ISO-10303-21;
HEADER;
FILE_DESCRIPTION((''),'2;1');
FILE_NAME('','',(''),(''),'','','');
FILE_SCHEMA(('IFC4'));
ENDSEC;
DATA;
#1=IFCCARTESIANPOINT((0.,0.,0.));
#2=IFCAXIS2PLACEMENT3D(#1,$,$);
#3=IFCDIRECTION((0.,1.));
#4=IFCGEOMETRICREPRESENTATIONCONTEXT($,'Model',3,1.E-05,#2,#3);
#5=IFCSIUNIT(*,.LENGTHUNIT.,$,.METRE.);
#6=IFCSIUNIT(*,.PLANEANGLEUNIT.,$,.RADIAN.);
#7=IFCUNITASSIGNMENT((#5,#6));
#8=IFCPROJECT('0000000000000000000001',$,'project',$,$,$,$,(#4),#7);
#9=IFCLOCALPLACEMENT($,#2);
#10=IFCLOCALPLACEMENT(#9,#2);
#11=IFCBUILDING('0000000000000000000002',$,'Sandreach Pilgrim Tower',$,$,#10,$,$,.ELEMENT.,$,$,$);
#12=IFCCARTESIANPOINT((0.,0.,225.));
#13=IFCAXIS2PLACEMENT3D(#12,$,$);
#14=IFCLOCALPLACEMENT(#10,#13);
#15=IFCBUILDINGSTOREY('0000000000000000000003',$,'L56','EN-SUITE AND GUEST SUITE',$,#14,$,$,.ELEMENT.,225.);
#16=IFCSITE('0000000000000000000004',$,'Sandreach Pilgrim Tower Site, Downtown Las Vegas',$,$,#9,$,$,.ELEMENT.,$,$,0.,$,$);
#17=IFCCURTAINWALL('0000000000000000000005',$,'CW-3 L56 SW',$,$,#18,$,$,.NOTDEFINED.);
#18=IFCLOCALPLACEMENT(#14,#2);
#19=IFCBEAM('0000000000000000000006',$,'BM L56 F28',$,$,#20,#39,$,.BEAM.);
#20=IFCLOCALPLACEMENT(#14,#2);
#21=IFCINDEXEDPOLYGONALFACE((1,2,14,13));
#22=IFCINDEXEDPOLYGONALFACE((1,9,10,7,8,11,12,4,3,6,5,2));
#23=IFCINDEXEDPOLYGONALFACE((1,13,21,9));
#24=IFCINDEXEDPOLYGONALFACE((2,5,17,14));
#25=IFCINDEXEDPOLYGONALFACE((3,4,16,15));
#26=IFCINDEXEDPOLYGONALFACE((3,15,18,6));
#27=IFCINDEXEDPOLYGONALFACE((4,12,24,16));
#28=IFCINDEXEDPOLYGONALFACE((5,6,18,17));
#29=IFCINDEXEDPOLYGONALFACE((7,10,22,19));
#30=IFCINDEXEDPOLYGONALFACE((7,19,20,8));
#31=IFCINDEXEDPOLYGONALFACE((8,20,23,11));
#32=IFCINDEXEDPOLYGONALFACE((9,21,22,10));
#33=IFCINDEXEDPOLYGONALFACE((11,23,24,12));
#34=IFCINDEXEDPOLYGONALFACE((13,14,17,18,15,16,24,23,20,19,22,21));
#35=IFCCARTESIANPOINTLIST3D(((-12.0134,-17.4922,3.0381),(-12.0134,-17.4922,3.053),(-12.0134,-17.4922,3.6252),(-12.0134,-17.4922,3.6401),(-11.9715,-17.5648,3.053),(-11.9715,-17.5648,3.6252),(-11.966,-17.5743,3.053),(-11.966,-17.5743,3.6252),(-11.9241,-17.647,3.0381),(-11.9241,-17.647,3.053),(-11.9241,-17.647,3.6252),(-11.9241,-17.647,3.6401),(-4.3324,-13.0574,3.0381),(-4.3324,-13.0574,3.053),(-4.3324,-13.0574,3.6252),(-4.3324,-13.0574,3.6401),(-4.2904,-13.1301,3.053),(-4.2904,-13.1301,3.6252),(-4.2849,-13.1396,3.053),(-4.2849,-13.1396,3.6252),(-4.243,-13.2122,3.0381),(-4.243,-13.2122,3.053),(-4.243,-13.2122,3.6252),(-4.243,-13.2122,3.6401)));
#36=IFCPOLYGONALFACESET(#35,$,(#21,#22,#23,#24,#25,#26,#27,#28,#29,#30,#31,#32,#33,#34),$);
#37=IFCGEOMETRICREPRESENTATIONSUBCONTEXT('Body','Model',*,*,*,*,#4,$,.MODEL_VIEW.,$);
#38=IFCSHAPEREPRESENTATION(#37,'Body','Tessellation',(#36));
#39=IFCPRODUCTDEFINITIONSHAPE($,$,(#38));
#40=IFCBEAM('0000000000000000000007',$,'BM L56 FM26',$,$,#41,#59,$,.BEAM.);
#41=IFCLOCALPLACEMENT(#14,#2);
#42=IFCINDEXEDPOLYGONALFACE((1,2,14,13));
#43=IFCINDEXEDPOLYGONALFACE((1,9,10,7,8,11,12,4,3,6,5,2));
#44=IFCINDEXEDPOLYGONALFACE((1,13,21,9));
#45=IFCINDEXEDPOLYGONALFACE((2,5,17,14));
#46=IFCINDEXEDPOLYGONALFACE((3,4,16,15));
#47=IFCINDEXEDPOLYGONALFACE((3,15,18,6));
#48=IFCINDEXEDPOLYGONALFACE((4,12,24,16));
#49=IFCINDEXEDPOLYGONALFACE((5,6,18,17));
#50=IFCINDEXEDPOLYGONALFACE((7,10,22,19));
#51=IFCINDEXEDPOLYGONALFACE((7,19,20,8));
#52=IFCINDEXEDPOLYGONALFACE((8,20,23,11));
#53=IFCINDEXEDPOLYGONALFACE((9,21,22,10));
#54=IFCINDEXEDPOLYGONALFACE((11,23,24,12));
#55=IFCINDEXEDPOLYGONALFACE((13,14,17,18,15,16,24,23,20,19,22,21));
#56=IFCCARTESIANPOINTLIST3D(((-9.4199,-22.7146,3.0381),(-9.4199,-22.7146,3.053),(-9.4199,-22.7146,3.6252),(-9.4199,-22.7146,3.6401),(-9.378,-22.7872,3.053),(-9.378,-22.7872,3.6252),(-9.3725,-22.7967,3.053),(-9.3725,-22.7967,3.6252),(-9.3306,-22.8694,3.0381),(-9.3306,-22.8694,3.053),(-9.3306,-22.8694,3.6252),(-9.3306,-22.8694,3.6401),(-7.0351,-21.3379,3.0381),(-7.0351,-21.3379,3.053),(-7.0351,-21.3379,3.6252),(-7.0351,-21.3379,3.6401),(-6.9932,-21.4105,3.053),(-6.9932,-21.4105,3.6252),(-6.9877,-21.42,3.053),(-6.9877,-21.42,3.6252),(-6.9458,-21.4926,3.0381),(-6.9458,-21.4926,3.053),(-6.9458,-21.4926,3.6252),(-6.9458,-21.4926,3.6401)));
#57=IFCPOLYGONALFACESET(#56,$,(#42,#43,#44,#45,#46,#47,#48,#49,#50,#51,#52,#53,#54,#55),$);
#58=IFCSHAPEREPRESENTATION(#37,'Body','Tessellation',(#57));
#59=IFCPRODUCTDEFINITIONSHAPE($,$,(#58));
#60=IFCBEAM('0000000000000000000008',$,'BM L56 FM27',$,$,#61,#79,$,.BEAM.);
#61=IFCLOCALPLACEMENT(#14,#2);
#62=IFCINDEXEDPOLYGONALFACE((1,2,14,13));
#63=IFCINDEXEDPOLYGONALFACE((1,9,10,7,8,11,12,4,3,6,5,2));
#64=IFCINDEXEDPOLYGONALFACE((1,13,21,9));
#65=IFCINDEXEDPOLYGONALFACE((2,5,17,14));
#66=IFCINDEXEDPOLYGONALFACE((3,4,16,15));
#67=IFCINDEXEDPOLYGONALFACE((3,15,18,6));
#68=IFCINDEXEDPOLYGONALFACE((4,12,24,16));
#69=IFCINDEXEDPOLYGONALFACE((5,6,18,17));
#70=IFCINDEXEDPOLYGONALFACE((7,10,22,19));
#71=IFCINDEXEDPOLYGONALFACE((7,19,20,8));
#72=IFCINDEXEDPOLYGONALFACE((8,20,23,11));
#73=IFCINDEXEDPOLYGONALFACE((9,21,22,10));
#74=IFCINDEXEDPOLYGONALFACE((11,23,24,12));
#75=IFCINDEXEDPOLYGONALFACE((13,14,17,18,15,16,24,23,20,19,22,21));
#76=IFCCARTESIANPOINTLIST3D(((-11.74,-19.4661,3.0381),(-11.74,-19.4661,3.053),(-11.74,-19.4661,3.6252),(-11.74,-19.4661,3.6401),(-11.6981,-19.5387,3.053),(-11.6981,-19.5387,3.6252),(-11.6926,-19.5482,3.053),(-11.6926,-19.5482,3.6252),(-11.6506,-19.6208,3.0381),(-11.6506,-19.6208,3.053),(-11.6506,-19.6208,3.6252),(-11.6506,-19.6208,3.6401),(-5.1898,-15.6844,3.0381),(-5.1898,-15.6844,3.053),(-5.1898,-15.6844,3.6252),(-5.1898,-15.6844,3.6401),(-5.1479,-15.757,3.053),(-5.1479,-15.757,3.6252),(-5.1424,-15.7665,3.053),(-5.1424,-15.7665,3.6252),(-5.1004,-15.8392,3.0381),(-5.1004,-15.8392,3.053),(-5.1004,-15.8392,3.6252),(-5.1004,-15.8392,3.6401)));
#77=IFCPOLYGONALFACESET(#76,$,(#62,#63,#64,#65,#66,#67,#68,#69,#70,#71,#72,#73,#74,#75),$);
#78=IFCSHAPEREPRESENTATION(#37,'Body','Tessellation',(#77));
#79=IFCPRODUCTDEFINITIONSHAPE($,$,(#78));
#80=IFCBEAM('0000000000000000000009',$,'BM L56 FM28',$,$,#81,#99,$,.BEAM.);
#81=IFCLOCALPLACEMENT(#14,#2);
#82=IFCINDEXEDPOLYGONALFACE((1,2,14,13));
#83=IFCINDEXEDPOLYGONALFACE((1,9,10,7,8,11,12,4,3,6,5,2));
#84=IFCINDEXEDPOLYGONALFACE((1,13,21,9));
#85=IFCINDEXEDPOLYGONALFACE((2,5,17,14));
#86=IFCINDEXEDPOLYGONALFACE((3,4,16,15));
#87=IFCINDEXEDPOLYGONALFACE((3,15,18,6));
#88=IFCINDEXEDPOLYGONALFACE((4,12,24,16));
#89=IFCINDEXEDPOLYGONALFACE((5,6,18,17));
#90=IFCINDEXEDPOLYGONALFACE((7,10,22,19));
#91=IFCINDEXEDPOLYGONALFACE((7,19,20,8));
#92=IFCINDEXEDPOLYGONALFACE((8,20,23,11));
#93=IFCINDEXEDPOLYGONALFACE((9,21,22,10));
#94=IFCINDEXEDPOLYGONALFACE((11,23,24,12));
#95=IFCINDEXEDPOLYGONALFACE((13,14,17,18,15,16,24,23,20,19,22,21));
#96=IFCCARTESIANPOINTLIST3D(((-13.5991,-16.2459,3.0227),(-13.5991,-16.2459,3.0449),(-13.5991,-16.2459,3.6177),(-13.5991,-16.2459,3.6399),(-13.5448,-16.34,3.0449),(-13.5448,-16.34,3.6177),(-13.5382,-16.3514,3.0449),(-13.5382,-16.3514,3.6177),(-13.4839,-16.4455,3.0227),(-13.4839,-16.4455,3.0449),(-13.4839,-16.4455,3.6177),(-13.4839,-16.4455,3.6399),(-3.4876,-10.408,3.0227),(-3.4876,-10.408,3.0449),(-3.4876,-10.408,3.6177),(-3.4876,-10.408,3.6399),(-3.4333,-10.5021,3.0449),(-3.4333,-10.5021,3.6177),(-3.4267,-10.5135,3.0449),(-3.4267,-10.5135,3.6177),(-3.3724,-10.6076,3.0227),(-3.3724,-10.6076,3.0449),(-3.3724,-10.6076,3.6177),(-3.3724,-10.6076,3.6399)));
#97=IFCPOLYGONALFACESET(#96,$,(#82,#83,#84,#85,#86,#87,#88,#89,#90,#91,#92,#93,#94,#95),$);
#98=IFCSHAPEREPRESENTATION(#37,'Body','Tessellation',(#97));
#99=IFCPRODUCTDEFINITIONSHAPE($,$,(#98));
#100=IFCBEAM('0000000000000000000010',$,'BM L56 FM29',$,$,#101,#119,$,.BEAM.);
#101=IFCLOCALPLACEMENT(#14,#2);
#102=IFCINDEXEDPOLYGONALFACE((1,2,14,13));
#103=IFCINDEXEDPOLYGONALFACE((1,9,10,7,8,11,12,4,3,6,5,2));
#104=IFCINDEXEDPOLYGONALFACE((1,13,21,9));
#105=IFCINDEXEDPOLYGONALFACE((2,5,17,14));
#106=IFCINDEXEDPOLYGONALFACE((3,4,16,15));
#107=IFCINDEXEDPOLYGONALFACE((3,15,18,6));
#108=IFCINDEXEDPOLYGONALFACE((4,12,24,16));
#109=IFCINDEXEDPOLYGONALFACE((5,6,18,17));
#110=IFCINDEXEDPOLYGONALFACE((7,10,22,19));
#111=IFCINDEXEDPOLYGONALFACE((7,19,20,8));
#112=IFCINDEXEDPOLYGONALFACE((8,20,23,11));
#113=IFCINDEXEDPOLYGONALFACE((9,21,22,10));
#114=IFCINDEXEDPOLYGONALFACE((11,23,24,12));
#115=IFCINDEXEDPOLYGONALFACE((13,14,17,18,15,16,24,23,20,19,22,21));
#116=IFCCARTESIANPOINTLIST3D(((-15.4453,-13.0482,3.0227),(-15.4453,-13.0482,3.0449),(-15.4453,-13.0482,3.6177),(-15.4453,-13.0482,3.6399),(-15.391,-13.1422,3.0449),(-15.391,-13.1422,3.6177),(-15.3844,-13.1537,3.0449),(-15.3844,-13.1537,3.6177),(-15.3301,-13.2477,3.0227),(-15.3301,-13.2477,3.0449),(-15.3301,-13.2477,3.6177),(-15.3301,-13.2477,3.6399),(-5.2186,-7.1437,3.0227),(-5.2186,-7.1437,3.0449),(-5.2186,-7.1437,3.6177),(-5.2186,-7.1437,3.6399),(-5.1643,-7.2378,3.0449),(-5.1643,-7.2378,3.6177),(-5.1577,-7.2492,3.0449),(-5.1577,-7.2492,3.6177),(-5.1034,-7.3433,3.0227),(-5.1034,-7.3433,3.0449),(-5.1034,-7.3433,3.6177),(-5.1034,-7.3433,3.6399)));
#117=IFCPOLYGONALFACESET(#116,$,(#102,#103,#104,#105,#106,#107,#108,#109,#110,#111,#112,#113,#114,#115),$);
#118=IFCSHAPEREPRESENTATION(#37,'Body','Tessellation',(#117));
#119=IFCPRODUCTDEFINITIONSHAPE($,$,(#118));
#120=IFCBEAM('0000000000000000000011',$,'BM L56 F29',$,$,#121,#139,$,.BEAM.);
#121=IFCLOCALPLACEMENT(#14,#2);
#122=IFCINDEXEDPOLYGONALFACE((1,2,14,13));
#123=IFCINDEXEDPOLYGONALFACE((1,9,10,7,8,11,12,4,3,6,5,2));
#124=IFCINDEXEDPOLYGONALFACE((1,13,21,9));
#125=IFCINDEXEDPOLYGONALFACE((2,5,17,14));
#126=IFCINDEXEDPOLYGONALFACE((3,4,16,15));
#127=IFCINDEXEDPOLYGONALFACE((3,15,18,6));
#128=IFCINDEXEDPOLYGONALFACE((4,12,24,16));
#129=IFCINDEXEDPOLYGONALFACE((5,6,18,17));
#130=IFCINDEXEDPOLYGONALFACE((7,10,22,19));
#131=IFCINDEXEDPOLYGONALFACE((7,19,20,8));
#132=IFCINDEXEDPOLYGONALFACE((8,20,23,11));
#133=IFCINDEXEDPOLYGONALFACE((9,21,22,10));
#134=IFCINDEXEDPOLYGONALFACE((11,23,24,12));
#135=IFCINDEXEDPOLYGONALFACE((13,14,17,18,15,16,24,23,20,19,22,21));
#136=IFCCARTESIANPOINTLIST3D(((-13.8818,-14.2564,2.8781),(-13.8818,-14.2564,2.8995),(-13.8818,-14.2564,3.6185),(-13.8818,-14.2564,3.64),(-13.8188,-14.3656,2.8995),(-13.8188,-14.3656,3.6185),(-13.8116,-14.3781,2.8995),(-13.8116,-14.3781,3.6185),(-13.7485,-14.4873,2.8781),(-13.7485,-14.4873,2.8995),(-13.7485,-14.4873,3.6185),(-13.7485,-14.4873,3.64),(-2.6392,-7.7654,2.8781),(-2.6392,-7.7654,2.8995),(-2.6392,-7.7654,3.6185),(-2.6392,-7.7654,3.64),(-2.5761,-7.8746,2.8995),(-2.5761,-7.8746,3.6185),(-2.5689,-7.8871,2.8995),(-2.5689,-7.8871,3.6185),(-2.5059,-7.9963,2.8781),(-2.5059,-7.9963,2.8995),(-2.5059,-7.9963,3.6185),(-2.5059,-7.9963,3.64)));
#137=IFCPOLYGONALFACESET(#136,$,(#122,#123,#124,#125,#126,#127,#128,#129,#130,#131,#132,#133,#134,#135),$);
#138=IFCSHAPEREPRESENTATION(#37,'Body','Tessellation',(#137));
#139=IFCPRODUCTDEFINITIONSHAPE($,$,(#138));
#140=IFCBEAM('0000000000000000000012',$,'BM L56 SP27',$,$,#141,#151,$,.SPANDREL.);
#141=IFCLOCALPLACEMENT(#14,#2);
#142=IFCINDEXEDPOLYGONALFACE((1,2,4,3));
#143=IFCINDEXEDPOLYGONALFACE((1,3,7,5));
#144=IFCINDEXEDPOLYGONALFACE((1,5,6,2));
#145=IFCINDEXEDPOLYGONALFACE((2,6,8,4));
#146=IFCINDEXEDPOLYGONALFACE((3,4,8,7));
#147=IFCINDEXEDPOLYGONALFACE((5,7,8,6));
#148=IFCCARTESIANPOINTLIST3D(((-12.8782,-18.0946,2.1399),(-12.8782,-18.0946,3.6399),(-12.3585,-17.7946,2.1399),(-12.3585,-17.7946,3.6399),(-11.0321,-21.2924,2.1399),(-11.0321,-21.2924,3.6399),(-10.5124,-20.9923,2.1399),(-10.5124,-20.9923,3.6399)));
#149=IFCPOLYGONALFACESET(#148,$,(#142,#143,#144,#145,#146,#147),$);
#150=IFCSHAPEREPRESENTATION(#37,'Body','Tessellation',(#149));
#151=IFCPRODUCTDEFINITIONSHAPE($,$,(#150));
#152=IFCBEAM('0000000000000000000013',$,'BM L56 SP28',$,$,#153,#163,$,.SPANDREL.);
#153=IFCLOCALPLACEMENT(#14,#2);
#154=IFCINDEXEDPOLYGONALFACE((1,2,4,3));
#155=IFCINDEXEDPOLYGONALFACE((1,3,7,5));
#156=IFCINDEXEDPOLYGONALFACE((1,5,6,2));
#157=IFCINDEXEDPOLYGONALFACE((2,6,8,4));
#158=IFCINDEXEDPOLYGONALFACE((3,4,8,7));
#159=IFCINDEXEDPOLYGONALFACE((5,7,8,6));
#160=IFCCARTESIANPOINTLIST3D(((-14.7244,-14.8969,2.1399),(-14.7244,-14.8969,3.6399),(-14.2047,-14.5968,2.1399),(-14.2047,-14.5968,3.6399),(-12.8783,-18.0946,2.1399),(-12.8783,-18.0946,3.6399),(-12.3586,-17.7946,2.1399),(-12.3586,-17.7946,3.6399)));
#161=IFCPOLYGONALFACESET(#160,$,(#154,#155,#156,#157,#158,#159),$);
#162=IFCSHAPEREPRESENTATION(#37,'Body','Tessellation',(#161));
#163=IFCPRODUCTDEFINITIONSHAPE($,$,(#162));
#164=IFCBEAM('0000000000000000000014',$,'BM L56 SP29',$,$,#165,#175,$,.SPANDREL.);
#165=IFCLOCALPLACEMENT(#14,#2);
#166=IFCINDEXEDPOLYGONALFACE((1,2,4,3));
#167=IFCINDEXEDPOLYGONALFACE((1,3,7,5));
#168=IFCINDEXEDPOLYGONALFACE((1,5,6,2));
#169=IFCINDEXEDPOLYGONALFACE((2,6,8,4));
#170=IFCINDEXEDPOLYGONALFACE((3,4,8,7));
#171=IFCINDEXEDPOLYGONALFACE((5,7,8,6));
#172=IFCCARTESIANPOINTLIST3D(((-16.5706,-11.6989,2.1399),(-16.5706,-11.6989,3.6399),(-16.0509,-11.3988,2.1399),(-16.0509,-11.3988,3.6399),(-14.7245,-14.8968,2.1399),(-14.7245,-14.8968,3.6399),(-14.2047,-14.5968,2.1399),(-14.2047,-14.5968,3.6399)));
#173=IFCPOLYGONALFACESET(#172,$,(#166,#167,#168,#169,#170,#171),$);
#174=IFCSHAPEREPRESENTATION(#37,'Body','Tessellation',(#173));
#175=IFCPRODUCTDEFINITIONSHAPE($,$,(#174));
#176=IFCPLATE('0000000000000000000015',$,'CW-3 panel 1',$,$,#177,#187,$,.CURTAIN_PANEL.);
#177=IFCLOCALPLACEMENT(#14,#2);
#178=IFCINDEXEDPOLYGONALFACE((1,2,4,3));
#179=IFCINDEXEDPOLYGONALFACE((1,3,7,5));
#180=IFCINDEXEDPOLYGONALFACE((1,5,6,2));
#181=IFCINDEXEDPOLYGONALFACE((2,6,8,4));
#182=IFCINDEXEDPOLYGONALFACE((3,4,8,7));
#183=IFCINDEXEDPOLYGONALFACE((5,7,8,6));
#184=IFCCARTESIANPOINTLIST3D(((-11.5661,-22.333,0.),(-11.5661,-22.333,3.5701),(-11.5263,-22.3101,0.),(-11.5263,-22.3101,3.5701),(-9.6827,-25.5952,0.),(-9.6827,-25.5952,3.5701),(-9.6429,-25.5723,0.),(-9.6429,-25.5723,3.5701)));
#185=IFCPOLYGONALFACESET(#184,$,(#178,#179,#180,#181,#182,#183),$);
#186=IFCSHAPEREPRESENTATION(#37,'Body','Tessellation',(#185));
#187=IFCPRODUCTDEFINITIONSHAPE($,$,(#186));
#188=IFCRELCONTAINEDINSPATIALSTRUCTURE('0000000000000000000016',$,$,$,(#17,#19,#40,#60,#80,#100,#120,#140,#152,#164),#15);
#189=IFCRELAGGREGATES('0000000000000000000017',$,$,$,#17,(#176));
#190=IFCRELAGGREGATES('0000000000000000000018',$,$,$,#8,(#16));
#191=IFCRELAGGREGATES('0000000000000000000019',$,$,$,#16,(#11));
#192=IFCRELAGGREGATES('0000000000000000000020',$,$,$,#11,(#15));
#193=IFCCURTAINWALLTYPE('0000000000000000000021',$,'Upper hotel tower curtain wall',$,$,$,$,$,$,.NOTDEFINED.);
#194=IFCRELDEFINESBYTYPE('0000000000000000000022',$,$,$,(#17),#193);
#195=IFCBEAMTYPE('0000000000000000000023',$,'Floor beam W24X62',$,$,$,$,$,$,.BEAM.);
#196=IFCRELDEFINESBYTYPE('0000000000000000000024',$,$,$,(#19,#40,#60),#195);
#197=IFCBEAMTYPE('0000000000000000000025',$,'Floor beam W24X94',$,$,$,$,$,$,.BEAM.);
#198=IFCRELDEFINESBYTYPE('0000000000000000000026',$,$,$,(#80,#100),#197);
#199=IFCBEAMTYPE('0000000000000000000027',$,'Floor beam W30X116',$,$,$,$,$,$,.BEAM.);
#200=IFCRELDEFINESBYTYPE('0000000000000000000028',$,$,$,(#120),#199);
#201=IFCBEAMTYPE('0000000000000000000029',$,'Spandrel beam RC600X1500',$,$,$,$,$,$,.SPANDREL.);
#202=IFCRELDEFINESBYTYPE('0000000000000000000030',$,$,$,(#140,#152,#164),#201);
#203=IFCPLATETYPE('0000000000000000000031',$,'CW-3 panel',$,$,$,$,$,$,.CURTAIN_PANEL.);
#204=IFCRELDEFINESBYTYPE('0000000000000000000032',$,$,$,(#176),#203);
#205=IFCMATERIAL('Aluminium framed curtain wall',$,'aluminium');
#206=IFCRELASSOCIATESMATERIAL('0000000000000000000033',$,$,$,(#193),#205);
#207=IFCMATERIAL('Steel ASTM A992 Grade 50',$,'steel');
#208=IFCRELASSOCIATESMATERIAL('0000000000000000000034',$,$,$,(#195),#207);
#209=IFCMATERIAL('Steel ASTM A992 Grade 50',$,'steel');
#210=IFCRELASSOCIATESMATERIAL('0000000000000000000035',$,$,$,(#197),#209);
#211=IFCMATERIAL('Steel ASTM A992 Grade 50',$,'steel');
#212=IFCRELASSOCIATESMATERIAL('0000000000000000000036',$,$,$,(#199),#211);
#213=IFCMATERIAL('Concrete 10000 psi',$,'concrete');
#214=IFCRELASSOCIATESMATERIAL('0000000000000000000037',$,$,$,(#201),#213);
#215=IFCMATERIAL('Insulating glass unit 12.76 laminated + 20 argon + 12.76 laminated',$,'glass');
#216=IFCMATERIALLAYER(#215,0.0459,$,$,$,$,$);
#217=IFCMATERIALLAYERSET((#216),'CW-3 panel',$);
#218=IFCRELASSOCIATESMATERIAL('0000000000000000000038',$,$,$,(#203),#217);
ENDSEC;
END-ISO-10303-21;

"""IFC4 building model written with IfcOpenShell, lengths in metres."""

from ifc_helpers import new_model, si_unit, direction, frame, origin, origin_2d, place, context, subcontext, project, spatial, rectangle, i_section, extrude, material, layer, layer_set, material_profile, profile_set, type_object, element, aggregate, save


model = new_model("IFC4")

# Units and contexts
model_context = context("Model", 3, precision=1e-05, world=origin(), true_north=direction((0.0, 1.0)))
body_context = subcontext(model_context, "Body", "Model", "MODEL_VIEW")
ifc_project = project(units=[si_unit("LENGTHUNIT", "METRE"), si_unit("PLANEANGLEUNIT", "RADIAN")], contexts=[model_context])

# Site, building, storey
site_placement = place(None, origin())
site = spatial("IfcSite", under=ifc_project, at=site_placement, Name="Sandreach Pilgrim Tower Site, Downtown Las Vegas", CompositionType="ELEMENT", RefElevation=0.0)
building_placement = place(site_placement, origin())
building = spatial("IfcBuilding", under=site, at=building_placement, Name="Sandreach Pilgrim Tower", CompositionType="ELEMENT")
storey_placement = place(building_placement, frame((0.0, 0.0, 225.0)))
storey = spatial("IfcBuildingStorey", under=building, at=storey_placement, Name="L56", Description="EN-SUITE AND GUEST SUITE", CompositionType="ELEMENT", Elevation=225.0)

# Curtain wall
ifc_material_1 = material(Name="Aluminium framed curtain wall", Category="aluminium")
curtain_wall_type = type_object("IfcCurtainWallType", Name="Upper hotel tower curtain wall", PredefinedType="NOTDEFINED", material=ifc_material_1)
curtain_wall_placement = place(storey_placement, origin())
curtain_wall = element("IfcCurtainWall", 1, at=curtain_wall_placement, inside=storey, type_object=curtain_wall_type, Name="CW-3 L56 SW", PredefinedType="NOTDEFINED")

# Beams
ifc_material_2 = material(Name="Steel ASTM A992 Grade 50", Category="steel")
ifc_material_profile_1 = material_profile(ifc_material_2, i_section(OverallWidth=0.1787, OverallDepth=0.6021, WebThickness=0.011, FlangeThickness=0.0149, at=origin_2d()), Name="W24X62")
ifc_profile_set_1 = profile_set([ifc_material_profile_1], Name="Steel ASTM A992 Grade 50")
beam_type_1 = type_object("IfcBeamType", Name="Floor beam W24X62", PredefinedType="BEAM", material=ifc_profile_set_1)
beam_1_placement = place(storey_placement, frame((-11.9688, -17.5696, 3.3391), z_axis=(0.866021, 0.500008, 0.0), x_axis=(-0.500008, 0.866021, 0.0)))
element("IfcBeam", 2, at=beam_1_placement, inside=storey, type_object=beam_type_1, Name="BM L56 F28", PredefinedType="BEAM", context=body_context, shape_type="SweptSolid", body=[
    extrude(i_section(OverallWidth=0.1787, OverallDepth=0.6021, WebThickness=0.011, FlangeThickness=0.0149, at=origin_2d()), origin(), (0.0, 0.0, 1.0), 8.8694),
])
beam_2_placement = place(storey_placement, frame((-9.3752, -22.792, 3.3391), z_axis=(0.866047, 0.499963, 0.0), x_axis=(-0.499963, 0.866047, 0.0)))
element("IfcBeam", 3, at=beam_2_placement, inside=storey, type_object=beam_type_1, Name="BM L56 FM26", PredefinedType="BEAM", context=body_context, shape_type="SweptSolid", body=[
    extrude(i_section(OverallWidth=0.1787, OverallDepth=0.6021, WebThickness=0.011, FlangeThickness=0.0149, at=origin_2d()), origin(), (0.0, 0.0, 1.0), 2.7537),
])
beam_3_placement = place(storey_placement, frame((-11.6953, -19.5435, 3.3391), z_axis=(0.86603, 0.499993, 0.0), x_axis=(-0.499993, 0.86603, 0.0)))
element("IfcBeam", 4, at=beam_3_placement, inside=storey, type_object=beam_type_1, Name="BM L56 FM27", PredefinedType="BEAM", context=body_context, shape_type="SweptSolid", body=[
    extrude(i_section(OverallWidth=0.1787, OverallDepth=0.6021, WebThickness=0.011, FlangeThickness=0.0149, at=origin_2d()), origin(), (0.0, 0.0, 1.0), 7.5635),
])
ifc_material_3 = material(Name="Steel ASTM A992 Grade 50", Category="steel")
ifc_material_profile_2 = material_profile(ifc_material_3, i_section(OverallWidth=0.2305, OverallDepth=0.6172, WebThickness=0.0132, FlangeThickness=0.0222, at=origin_2d()), Name="W24X94")
ifc_profile_set_2 = profile_set([ifc_material_profile_2], Name="Steel ASTM A992 Grade 50")
beam_type_2 = type_object("IfcBeamType", Name="Floor beam W24X94", PredefinedType="BEAM", material=ifc_profile_set_2)
beam_4_placement = place(storey_placement, frame((-13.5415, -16.3457, 3.3313), z_axis=(0.866026, 0.499998, 0.0), x_axis=(-0.499998, 0.866026, 0.0)))
element("IfcBeam", 5, at=beam_4_placement, inside=storey, type_object=beam_type_2, Name="BM L56 FM28", PredefinedType="BEAM", context=body_context, shape_type="SweptSolid", body=[
    extrude(i_section(OverallWidth=0.2305, OverallDepth=0.6172, WebThickness=0.0132, FlangeThickness=0.0222, at=origin_2d()), origin(), (0.0, 0.0, 1.0), 11.6758),
])
beam_5_placement = place(storey_placement, frame((-15.3877, -13.1479, 3.3313), z_axis=(0.866022, 0.500006, 0.0), x_axis=(-0.500006, 0.866022, 0.0)))
element("IfcBeam", 6, at=beam_5_placement, inside=storey, type_object=beam_type_2, Name="BM L56 FM29", PredefinedType="BEAM", context=body_context, shape_type="SweptSolid", body=[
    extrude(i_section(OverallWidth=0.2305, OverallDepth=0.6172, WebThickness=0.0132, FlangeThickness=0.0222, at=origin_2d()), origin(), (0.0, 0.0, 1.0), 11.8088),
])
ifc_material_4 = material(Name="Steel ASTM A992 Grade 50", Category="steel")
ifc_material_profile_3 = material_profile(ifc_material_4, i_section(OverallWidth=0.2666, OverallDepth=0.762, WebThickness=0.0144, FlangeThickness=0.0215, at=origin_2d()), Name="W30X116")
ifc_profile_set_3 = profile_set([ifc_material_profile_3], Name="Steel ASTM A992 Grade 50")
beam_type_3 = type_object("IfcBeamType", Name="Floor beam W30X116", PredefinedType="BEAM", material=ifc_profile_set_3)
beam_6_placement = place(storey_placement, frame((-13.8152, -14.3718, 3.259), z_axis=(0.866025, 0.5, 0.0), x_axis=(-0.5, 0.866025, 0.0)))
element("IfcBeam", 7, at=beam_6_placement, inside=storey, type_object=beam_type_3, Name="BM L56 F29", PredefinedType="BEAM", context=body_context, shape_type="SweptSolid", body=[
    extrude(i_section(OverallWidth=0.2666, OverallDepth=0.762, WebThickness=0.0144, FlangeThickness=0.0215, at=origin_2d()), origin(), (0.0, 0.0, 1.0), 12.9819),
])
ifc_material_5 = material(Name="Concrete 10000 psi", Category="concrete")
ifc_material_profile_4 = material_profile(ifc_material_5, rectangle(XDim=0.6001, YDim=1.5, at=origin_2d()), Name="RC600X1500")
ifc_profile_set_4 = profile_set([ifc_material_profile_4], Name="Concrete 10000 psi")
beam_type_4 = type_object("IfcBeamType", Name="Spandrel beam RC600X1500", PredefinedType="SPANDREL", material=ifc_profile_set_4)
for number, where, z_axis, x_axis, name in (
    (8, (-10.7722, -21.1423, 2.8899), (-0.499993, 0.866029, 0.0), (-0.866029, -0.499993, 0.0), "BM L56 SP27"),
    (9, (-12.6184, -17.9446, 2.8899), (-0.499993, 0.866029, 0.0), (-0.866029, -0.499993, 0.0), "BM L56 SP28"),
):
    element("IfcBeam", number, at=place(storey_placement, frame(where, z_axis=z_axis, x_axis=x_axis)), inside=storey, type_object=beam_type_4, Name=name, PredefinedType="SPANDREL", context=body_context, shape_type="SweptSolid", body=[
        extrude(rectangle(XDim=0.6001, YDim=1.5, at=origin_2d()), origin(), (0.0, 0.0, 1.0), 3.6924),
    ])
beam_7_placement = place(storey_placement, frame((-14.4646, -14.7468, 2.8899), z_axis=(-0.499965, 0.866046, 0.0), x_axis=(-0.866046, -0.499965, 0.0)))
element("IfcBeam", 10, at=beam_7_placement, inside=storey, type_object=beam_type_4, Name="BM L56 SP29", PredefinedType="SPANDREL", context=body_context, shape_type="SweptSolid", body=[
    extrude(rectangle(XDim=0.6001, YDim=1.5, at=origin_2d()), origin(), (0.0, 0.0, 1.0), 3.6926),
])

# Plate
ifc_material_6 = material(Name="Insulating glass unit 12.76 laminated + 20 argon + 12.76 laminated", Category="glass")
ifc_layer_1 = layer(ifc_material_6, 0.0459)
ifc_layer_set_1 = layer_set([ifc_layer_1], Name="CW-3 panel")
plate_type = type_object("IfcPlateType", Name="CW-3 panel", PredefinedType="CURTAIN_PANEL", material=ifc_layer_set_1)
plate_1_placement = place(storey_placement, frame((-10.6045, -23.9526, 0.0), z_axis=(0.0, 0.0, 1.0), x_axis=(-0.5, 0.866025, 0.0)))
plate_1 = element("IfcPlate", 11, at=plate_1_placement, type_object=plate_type, Name="CW-3 panel 1", PredefinedType="CURTAIN_PANEL", context=body_context, shape_type="SweptSolid", body=[
    extrude(rectangle(XDim=3.7668, YDim=0.0459, at=origin_2d()), origin(), (0.0, 0.0, 1.0), 3.5701),
])
aggregate(curtain_wall, [plate_1])

save(model, "model.ifc")
